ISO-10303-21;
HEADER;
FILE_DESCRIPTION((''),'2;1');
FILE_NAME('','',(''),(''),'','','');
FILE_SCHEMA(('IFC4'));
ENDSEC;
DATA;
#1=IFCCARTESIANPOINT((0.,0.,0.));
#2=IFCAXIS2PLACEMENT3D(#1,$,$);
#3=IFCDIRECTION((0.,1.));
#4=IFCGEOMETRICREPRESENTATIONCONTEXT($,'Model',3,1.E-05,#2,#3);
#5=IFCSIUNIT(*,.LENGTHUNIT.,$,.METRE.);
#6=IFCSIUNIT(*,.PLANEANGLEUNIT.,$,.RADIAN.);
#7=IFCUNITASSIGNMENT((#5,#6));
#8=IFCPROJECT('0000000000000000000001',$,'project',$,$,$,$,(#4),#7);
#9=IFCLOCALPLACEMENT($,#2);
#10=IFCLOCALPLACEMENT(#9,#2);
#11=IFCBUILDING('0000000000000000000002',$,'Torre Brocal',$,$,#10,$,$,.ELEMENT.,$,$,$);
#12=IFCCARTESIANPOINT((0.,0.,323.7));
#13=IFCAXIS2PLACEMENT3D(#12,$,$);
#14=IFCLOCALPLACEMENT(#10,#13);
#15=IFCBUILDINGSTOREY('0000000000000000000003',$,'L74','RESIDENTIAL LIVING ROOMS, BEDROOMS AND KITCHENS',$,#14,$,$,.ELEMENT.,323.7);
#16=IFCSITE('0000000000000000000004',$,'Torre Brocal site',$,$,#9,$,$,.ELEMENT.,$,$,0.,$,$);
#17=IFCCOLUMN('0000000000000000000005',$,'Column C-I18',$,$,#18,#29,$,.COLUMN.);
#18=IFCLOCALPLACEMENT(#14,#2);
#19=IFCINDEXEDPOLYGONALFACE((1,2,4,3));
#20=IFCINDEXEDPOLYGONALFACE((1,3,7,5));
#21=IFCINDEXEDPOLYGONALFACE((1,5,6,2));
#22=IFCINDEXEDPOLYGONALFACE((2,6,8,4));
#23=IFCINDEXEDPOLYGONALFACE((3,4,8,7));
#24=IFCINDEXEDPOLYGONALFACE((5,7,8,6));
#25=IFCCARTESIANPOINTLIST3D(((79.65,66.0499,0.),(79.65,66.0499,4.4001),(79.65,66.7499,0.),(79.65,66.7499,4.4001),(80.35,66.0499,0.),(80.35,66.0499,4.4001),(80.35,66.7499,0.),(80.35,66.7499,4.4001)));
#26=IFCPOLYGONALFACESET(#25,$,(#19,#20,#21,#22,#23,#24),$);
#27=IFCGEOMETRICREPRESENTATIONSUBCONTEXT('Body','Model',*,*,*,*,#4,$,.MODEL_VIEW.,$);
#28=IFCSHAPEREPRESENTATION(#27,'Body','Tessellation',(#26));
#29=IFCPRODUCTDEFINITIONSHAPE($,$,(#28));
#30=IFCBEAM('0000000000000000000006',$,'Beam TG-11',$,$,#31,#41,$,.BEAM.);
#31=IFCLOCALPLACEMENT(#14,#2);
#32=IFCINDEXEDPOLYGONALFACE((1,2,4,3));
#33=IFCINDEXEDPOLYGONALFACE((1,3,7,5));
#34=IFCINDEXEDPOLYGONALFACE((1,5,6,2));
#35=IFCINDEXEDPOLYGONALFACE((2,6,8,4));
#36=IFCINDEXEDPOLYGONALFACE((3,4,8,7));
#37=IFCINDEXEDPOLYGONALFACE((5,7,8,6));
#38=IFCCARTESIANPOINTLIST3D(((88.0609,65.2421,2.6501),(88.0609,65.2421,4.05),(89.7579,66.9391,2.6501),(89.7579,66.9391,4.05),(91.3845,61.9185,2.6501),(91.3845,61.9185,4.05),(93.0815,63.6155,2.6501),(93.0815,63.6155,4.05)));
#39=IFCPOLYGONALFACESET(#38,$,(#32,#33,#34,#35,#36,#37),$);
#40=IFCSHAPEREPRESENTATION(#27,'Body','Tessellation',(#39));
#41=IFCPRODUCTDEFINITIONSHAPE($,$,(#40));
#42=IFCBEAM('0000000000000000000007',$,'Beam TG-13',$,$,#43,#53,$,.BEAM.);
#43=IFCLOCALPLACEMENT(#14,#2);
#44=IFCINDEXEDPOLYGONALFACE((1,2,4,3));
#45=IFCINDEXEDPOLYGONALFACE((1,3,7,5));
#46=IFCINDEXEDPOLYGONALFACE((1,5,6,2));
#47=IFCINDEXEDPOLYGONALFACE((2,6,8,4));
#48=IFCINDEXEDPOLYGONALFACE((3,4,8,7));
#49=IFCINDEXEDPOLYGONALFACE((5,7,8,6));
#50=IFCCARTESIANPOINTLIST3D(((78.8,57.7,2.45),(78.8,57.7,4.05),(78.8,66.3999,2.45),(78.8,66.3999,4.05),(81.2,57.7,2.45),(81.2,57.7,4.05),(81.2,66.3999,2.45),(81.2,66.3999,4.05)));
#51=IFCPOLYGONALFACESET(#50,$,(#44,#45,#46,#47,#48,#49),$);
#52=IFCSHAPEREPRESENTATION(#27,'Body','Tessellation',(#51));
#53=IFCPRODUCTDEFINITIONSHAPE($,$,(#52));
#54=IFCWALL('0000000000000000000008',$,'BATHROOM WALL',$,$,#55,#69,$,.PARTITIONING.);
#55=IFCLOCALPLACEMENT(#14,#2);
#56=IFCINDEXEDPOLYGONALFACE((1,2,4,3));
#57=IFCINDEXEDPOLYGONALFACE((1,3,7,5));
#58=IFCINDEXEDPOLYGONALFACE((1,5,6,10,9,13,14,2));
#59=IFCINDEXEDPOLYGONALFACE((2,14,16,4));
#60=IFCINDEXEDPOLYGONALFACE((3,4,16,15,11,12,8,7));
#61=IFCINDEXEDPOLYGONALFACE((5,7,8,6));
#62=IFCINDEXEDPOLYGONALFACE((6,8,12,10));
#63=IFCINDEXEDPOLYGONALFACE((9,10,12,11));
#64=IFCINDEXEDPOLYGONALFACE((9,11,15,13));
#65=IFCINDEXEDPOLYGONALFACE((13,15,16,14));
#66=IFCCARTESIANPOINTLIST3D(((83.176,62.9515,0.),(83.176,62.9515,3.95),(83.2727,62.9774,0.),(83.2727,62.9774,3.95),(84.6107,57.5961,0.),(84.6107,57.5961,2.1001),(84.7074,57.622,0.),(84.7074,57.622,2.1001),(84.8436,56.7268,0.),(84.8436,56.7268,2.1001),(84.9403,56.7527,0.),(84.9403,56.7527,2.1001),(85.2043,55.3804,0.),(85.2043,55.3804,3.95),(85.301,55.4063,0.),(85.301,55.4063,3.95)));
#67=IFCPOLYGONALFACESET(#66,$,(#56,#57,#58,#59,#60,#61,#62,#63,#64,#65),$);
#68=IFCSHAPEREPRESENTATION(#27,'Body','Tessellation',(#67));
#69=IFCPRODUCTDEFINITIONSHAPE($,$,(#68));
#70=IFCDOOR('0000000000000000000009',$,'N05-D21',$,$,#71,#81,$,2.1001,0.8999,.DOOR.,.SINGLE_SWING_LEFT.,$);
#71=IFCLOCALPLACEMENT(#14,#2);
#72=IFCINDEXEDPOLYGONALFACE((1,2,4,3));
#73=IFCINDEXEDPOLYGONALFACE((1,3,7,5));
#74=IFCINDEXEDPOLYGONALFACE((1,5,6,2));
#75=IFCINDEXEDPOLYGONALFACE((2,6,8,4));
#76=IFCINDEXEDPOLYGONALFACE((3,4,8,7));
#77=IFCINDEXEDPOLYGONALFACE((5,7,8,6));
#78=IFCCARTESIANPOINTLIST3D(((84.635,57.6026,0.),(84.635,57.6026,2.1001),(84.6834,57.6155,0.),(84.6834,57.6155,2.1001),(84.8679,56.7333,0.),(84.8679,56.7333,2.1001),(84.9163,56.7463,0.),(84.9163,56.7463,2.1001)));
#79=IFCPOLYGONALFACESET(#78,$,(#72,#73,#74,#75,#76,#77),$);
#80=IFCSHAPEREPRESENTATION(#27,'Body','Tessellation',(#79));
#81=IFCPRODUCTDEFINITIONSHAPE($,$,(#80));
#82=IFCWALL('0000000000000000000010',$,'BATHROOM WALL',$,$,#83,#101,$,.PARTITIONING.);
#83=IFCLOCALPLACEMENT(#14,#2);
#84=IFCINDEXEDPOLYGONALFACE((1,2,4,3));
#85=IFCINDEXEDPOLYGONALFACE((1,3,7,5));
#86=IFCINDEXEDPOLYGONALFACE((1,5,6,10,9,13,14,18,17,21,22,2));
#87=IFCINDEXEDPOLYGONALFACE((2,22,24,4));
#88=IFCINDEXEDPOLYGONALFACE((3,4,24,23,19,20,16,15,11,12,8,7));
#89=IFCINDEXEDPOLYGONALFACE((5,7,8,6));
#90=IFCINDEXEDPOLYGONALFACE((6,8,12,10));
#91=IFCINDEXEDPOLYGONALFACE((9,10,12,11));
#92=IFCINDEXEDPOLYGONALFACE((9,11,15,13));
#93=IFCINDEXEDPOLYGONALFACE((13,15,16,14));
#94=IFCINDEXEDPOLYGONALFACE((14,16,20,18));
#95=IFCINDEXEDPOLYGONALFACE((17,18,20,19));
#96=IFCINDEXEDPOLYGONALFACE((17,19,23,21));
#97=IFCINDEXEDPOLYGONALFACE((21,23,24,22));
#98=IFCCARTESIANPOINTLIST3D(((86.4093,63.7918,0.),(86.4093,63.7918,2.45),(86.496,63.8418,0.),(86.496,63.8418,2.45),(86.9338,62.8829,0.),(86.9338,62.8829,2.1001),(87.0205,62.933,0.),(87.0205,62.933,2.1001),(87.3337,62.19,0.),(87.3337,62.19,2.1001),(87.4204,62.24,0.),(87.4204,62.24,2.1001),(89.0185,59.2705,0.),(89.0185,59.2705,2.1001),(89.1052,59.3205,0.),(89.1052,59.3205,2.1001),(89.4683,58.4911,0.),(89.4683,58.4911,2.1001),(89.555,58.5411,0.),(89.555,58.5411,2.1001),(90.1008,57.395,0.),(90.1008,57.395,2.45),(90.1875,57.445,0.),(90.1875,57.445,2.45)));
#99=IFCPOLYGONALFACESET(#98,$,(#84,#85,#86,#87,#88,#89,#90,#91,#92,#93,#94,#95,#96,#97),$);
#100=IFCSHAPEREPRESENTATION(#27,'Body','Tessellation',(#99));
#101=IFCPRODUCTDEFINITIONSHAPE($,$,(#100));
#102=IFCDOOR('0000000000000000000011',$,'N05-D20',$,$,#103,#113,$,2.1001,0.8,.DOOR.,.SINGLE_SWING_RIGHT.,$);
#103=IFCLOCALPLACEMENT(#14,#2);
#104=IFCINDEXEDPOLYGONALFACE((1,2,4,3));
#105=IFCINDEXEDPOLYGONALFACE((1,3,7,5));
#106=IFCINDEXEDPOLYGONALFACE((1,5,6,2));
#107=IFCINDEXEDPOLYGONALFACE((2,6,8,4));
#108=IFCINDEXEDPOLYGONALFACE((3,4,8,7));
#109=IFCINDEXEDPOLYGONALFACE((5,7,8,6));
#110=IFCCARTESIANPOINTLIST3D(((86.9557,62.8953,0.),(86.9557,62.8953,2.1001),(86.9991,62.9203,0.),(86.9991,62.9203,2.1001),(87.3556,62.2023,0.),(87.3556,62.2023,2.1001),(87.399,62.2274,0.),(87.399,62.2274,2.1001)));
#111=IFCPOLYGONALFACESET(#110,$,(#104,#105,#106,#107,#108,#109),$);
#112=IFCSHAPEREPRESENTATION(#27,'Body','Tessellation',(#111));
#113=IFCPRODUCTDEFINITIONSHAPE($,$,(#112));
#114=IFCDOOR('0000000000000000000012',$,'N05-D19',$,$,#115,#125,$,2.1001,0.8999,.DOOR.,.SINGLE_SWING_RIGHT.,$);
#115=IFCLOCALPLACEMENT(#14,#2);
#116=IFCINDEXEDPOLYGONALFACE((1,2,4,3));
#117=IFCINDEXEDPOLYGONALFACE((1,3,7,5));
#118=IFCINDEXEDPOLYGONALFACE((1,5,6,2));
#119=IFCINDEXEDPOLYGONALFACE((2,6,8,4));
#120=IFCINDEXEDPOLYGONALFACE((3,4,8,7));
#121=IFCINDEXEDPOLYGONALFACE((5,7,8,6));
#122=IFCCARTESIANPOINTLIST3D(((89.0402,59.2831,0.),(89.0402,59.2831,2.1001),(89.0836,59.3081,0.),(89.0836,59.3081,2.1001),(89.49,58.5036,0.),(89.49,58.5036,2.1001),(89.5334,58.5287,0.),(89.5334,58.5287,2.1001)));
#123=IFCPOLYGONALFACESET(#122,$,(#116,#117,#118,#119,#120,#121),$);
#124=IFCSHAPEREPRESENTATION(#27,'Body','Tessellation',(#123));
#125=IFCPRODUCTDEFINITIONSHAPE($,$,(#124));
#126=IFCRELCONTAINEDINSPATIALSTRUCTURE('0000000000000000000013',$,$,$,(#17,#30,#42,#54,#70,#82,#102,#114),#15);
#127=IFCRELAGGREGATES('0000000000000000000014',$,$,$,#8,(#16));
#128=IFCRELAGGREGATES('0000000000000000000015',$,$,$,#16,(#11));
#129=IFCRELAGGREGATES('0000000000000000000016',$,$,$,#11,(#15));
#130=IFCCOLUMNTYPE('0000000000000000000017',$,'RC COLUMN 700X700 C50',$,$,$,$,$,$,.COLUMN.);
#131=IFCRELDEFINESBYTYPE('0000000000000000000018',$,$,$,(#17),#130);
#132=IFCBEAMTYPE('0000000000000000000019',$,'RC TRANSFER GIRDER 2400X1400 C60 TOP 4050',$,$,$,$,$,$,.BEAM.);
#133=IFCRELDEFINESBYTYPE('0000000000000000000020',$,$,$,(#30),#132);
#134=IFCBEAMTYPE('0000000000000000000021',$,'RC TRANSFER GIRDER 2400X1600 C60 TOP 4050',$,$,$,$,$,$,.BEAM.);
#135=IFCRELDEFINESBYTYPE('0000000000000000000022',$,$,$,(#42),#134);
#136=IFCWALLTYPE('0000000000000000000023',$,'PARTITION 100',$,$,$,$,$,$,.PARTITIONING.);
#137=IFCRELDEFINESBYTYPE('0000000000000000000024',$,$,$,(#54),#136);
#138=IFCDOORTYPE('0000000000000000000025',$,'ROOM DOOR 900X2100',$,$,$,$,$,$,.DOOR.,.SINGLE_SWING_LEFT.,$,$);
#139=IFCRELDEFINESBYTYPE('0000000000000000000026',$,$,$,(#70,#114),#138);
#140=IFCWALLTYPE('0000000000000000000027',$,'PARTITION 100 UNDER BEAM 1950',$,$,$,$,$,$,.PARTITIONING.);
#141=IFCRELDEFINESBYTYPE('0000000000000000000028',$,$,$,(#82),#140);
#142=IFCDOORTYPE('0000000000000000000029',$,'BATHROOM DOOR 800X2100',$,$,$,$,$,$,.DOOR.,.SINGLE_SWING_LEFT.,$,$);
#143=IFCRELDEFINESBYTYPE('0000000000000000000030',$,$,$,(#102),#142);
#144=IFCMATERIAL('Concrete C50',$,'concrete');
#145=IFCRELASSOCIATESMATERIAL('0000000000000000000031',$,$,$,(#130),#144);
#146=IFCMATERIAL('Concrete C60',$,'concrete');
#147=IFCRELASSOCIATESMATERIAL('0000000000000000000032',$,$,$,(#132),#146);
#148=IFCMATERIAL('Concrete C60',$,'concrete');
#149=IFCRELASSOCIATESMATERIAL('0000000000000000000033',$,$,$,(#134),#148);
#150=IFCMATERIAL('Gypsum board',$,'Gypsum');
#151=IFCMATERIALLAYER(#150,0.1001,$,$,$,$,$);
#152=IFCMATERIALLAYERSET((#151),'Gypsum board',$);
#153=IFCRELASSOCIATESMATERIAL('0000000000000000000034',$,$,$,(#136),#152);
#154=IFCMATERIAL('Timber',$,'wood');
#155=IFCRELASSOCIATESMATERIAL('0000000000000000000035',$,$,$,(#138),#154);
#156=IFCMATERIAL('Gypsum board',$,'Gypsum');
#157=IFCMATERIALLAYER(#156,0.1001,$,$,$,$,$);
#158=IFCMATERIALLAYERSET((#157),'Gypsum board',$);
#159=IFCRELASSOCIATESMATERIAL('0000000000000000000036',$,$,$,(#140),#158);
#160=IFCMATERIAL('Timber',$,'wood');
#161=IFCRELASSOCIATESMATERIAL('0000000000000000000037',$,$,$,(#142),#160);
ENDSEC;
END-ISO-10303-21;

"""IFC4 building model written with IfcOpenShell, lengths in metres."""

from ifc_helpers import new_model, si_unit, direction, frame, frame_2d, origin, origin_2d, place, context, subcontext, project, spatial, rectangle, extrude, material, layer, layer_set, material_profile, profile_set, type_object, element, fill, save


model = new_model("IFC4")

# Units and contexts
model_context = context("Model", 3, precision=1e-05, world=origin(), true_north=direction((0.0, 1.0)))
body_context = subcontext(model_context, "Body", "Model", "MODEL_VIEW")
ifc_project = project(units=[si_unit("LENGTHUNIT", "METRE"), si_unit("PLANEANGLEUNIT", "RADIAN")], contexts=[model_context])

# Site, building, storey
site_placement = place(None, origin())
site = spatial("IfcSite", under=ifc_project, at=site_placement, Name="Torre Brocal site", CompositionType="ELEMENT", RefElevation=0.0)
building_placement = place(site_placement, origin())
building = spatial("IfcBuilding", under=site, at=building_placement, Name="Torre Brocal", CompositionType="ELEMENT")
storey_placement = place(building_placement, frame((0.0, 0.0, 323.7)))
storey = spatial("IfcBuildingStorey", under=building, at=storey_placement, Name="L74", Description="RESIDENTIAL LIVING ROOMS, BEDROOMS AND KITCHENS", CompositionType="ELEMENT", Elevation=323.7)

# Column
ifc_material_1 = material(Name="Concrete C50", Category="concrete")
ifc_material_profile_1 = material_profile(ifc_material_1, rectangle(XDim=0.7, YDim=0.7, at=origin_2d()), Name="RC 700X700")
ifc_profile_set_1 = profile_set([ifc_material_profile_1], Name="Concrete C50")
column_type = type_object("IfcColumnType", Name="RC COLUMN 700X700 C50", PredefinedType="COLUMN", material=ifc_profile_set_1)
column_placement = place(storey_placement, frame((80.0, 66.3999, 0.0), z_axis=(0.0, 0.0, 1.0), x_axis=(0.0, -1.0, 0.0)))
element("IfcColumn", 1, at=column_placement, inside=storey, type_object=column_type, Name="Column C-I18", PredefinedType="COLUMN", context=body_context, shape_type="SweptSolid", body=[
    extrude(rectangle(XDim=0.7, YDim=0.7, at=origin_2d()), origin(), (0.0, 0.0, 1.0), 4.4001),
])

# Beams
ifc_material_2 = material(Name="Concrete C60", Category="concrete")
ifc_material_profile_2 = material_profile(ifc_material_2, rectangle(XDim=2.3999, YDim=1.3999, at=origin_2d()), Name="RC 2400X1400")
ifc_profile_set_2 = profile_set([ifc_material_profile_2], Name="Concrete C60")
beam_type_1 = type_object("IfcBeamType", Name="RC TRANSFER GIRDER 2400X1400 C60 TOP 4050", PredefinedType="BEAM", material=ifc_profile_set_2)
beam_1_placement = place(storey_placement, frame((88.9094, 66.0906, 3.3501), z_axis=(0.707107, -0.707107, 0.0), x_axis=(0.707107, 0.707107, 0.0)))
element("IfcBeam", 2, at=beam_1_placement, inside=storey, type_object=beam_type_1, Name="Beam TG-11", PredefinedType="BEAM", context=body_context, shape_type="SweptSolid", body=[
    extrude(rectangle(XDim=2.3999, YDim=1.3999, at=origin_2d()), origin(), (0.0, 0.0, 1.0), 4.7002),
])
ifc_material_3 = material(Name="Concrete C60", Category="concrete")
ifc_material_profile_3 = material_profile(ifc_material_3, rectangle(XDim=2.3999, YDim=1.6001, at=origin_2d()), Name="RC 2400X1600")
ifc_profile_set_3 = profile_set([ifc_material_profile_3], Name="Concrete C60")
beam_type_2 = type_object("IfcBeamType", Name="RC TRANSFER GIRDER 2400X1600 C60 TOP 4050", PredefinedType="BEAM", material=ifc_profile_set_3)
beam_2_placement = place(storey_placement, frame((80.0, 66.3999, 3.25), z_axis=(0.0, -1.0, 0.0), x_axis=(1.0, 0.0, 0.0)))
element("IfcBeam", 3, at=beam_2_placement, inside=storey, type_object=beam_type_2, Name="Beam TG-13", PredefinedType="BEAM", context=body_context, shape_type="SweptSolid", body=[
    extrude(rectangle(XDim=2.3999, YDim=1.6001, at=origin_2d()), origin(), (0.0, 0.0, 1.0), 8.7),
])

# Wall, opening, door
ifc_material_4 = material(Name="Gypsum board", Category="Gypsum")
ifc_layer_1 = layer(ifc_material_4, 0.1001)
ifc_layer_set_1 = layer_set([ifc_layer_1], Name="Gypsum board")
wall_type_1 = type_object("IfcWallType", Name="PARTITION 100", PredefinedType="PARTITIONING", material=ifc_layer_set_1)
wall_1_placement = place(storey_placement, frame((83.2244, 62.9644, 0.0), z_axis=(0.0, 0.0, 1.0), x_axis=(0.258779, -0.965937, 0.0)))
wall_1 = element("IfcWall", 4, at=wall_1_placement, inside=storey, type_object=wall_type_1, Name="BATHROOM WALL", PredefinedType="PARTITIONING", context=body_context, shape_type="SweptSolid", body=[
    extrude(rectangle(XDim=7.8381, YDim=0.1001, at=frame_2d((3.9189, 0.0))), origin(), (0.0, 0.0, 1.0), 3.95),
])
opening_1_placement = place(wall_1_placement, frame((5.5442, 0.0, 0.0)))
opening_1 = element("IfcOpeningElement", 5, at=opening_1_placement, cuts=wall_1, PredefinedType="OPENING", context=body_context, shape_type="SweptSolid", body=[
    extrude(rectangle(XDim=0.8999, YDim=2.1001, at=frame_2d((0.45, 1.05))), frame((0.0, 0.0601, 0.0), z_axis=(0.0, -1.0, 0.0), x_axis=(1.0, 0.0, 0.0)), (0.0, 0.0, 1.0), 0.1201),
])
ifc_material_5 = material(Name="Timber", Category="wood")
door_type_1 = type_object("IfcDoorType", Name="ROOM DOOR 900X2100", OperationType="SINGLE_SWING_LEFT", PredefinedType="DOOR", material=ifc_material_5)
door_1_placement = place(opening_1_placement, frame((0.8999, 0.0, 0.0), z_axis=(0.0, 0.0, 1.0), x_axis=(-1.0, 0.0, 0.0)))
door_1 = element("IfcDoor", 6, at=door_1_placement, inside=storey, type_object=door_type_1, Name="N05-D21", OperationType="SINGLE_SWING_LEFT", OverallHeight=2.1001, OverallWidth=0.8999, PredefinedType="DOOR", context=body_context, shape_type="SweptSolid", body=[
    extrude(rectangle(XDim=0.8999, YDim=2.1001, at=frame_2d((0.45, 1.05))), frame((0.0, 0.0249, 0.0), z_axis=(0.0, -1.0, 0.0), x_axis=(1.0, 0.0, 0.0)), (0.0, 0.0, 1.0), 0.05),
])
fill(opening_1, door_1)

# Wall, openings, doors
ifc_material_6 = material(Name="Gypsum board", Category="Gypsum")
ifc_layer_2 = layer(ifc_material_6, 0.1001)
ifc_layer_set_2 = layer_set([ifc_layer_2], Name="Gypsum board")
wall_type_2 = type_object("IfcWallType", Name="PARTITION 100 UNDER BEAM 1950", PredefinedType="PARTITIONING", material=ifc_layer_set_2)
wall_2_placement = place(storey_placement, frame((86.4526, 63.8169, 0.0), z_axis=(0.0, 0.0, 1.0), x_axis=(0.499823, -0.866128, 0.0)))
wall_2 = element("IfcWall", 7, at=wall_2_placement, inside=storey, type_object=wall_type_2, Name="BATHROOM WALL", PredefinedType="PARTITIONING", context=body_context, shape_type="SweptSolid", body=[
    extrude(rectangle(XDim=7.3855, YDim=0.1001, at=frame_2d((3.6929, 0.0))), origin(), (0.0, 0.0, 1.0), 2.45),
])
opening_2_placement = place(wall_2_placement, frame((5.2202, 0.0, 0.0)))
opening_2 = element("IfcOpeningElement", 8, at=opening_2_placement, cuts=wall_2, PredefinedType="OPENING", context=body_context, shape_type="SweptSolid", body=[
    extrude(rectangle(XDim=0.8999, YDim=2.1001, at=frame_2d((0.45, 1.05))), frame((0.0, 0.0601, 0.0), z_axis=(0.0, -1.0, 0.0), x_axis=(1.0, 0.0, 0.0)), (0.0, 0.0, 1.0), 0.1201),
])
opening_3_placement = place(wall_2_placement, frame((1.0496, 0.0, 0.0)))
opening_3 = element("IfcOpeningElement", 9, at=opening_3_placement, cuts=wall_2, PredefinedType="OPENING", context=body_context, shape_type="SweptSolid", body=[
    extrude(rectangle(XDim=0.8, YDim=2.1001, at=frame_2d((0.3999, 1.05))), frame((0.0, 0.0601, 0.0), z_axis=(0.0, -1.0, 0.0), x_axis=(1.0, 0.0, 0.0)), (0.0, 0.0, 1.0), 0.1201),
])
ifc_material_7 = material(Name="Timber", Category="wood")
door_type_2 = type_object("IfcDoorType", Name="BATHROOM DOOR 800X2100", OperationType="SINGLE_SWING_LEFT", PredefinedType="DOOR", material=ifc_material_7)
door_2_placement = place(opening_3_placement, frame((0.8, 0.0, 0.0), z_axis=(0.0, 0.0, 1.0), x_axis=(-1.0, 0.0, 0.0)))
door_2 = element("IfcDoor", 10, at=door_2_placement, inside=storey, type_object=door_type_2, Name="N05-D20", OperationType="SINGLE_SWING_RIGHT", OverallHeight=2.1001, OverallWidth=0.8, PredefinedType="DOOR", context=body_context, shape_type="SweptSolid", body=[
    extrude(rectangle(XDim=0.8, YDim=2.1001, at=frame_2d((0.3999, 1.05))), frame((0.0, 0.0249, 0.0), z_axis=(0.0, -1.0, 0.0), x_axis=(1.0, 0.0, 0.0)), (0.0, 0.0, 1.0), 0.05),
])
fill(opening_3, door_2)
door_3_placement = place(opening_2_placement, frame((0.8999, 0.0, 0.0), z_axis=(0.0, 0.0, 1.0), x_axis=(-1.0, 0.0, 0.0)))
door_3 = element("IfcDoor", 11, at=door_3_placement, inside=storey, type_object=door_type_1, Name="N05-D19", OperationType="SINGLE_SWING_RIGHT", OverallHeight=2.1001, OverallWidth=0.8999, PredefinedType="DOOR", context=body_context, shape_type="SweptSolid", body=[
    extrude(rectangle(XDim=0.8999, YDim=2.1001, at=frame_2d((0.45, 1.05))), frame((0.0, 0.0249, 0.0), z_axis=(0.0, -1.0, 0.0), x_axis=(1.0, 0.0, 0.0)), (0.0, 0.0, 1.0), 0.05),
])
fill(opening_2, door_3)

save(model, "model.ifc")
